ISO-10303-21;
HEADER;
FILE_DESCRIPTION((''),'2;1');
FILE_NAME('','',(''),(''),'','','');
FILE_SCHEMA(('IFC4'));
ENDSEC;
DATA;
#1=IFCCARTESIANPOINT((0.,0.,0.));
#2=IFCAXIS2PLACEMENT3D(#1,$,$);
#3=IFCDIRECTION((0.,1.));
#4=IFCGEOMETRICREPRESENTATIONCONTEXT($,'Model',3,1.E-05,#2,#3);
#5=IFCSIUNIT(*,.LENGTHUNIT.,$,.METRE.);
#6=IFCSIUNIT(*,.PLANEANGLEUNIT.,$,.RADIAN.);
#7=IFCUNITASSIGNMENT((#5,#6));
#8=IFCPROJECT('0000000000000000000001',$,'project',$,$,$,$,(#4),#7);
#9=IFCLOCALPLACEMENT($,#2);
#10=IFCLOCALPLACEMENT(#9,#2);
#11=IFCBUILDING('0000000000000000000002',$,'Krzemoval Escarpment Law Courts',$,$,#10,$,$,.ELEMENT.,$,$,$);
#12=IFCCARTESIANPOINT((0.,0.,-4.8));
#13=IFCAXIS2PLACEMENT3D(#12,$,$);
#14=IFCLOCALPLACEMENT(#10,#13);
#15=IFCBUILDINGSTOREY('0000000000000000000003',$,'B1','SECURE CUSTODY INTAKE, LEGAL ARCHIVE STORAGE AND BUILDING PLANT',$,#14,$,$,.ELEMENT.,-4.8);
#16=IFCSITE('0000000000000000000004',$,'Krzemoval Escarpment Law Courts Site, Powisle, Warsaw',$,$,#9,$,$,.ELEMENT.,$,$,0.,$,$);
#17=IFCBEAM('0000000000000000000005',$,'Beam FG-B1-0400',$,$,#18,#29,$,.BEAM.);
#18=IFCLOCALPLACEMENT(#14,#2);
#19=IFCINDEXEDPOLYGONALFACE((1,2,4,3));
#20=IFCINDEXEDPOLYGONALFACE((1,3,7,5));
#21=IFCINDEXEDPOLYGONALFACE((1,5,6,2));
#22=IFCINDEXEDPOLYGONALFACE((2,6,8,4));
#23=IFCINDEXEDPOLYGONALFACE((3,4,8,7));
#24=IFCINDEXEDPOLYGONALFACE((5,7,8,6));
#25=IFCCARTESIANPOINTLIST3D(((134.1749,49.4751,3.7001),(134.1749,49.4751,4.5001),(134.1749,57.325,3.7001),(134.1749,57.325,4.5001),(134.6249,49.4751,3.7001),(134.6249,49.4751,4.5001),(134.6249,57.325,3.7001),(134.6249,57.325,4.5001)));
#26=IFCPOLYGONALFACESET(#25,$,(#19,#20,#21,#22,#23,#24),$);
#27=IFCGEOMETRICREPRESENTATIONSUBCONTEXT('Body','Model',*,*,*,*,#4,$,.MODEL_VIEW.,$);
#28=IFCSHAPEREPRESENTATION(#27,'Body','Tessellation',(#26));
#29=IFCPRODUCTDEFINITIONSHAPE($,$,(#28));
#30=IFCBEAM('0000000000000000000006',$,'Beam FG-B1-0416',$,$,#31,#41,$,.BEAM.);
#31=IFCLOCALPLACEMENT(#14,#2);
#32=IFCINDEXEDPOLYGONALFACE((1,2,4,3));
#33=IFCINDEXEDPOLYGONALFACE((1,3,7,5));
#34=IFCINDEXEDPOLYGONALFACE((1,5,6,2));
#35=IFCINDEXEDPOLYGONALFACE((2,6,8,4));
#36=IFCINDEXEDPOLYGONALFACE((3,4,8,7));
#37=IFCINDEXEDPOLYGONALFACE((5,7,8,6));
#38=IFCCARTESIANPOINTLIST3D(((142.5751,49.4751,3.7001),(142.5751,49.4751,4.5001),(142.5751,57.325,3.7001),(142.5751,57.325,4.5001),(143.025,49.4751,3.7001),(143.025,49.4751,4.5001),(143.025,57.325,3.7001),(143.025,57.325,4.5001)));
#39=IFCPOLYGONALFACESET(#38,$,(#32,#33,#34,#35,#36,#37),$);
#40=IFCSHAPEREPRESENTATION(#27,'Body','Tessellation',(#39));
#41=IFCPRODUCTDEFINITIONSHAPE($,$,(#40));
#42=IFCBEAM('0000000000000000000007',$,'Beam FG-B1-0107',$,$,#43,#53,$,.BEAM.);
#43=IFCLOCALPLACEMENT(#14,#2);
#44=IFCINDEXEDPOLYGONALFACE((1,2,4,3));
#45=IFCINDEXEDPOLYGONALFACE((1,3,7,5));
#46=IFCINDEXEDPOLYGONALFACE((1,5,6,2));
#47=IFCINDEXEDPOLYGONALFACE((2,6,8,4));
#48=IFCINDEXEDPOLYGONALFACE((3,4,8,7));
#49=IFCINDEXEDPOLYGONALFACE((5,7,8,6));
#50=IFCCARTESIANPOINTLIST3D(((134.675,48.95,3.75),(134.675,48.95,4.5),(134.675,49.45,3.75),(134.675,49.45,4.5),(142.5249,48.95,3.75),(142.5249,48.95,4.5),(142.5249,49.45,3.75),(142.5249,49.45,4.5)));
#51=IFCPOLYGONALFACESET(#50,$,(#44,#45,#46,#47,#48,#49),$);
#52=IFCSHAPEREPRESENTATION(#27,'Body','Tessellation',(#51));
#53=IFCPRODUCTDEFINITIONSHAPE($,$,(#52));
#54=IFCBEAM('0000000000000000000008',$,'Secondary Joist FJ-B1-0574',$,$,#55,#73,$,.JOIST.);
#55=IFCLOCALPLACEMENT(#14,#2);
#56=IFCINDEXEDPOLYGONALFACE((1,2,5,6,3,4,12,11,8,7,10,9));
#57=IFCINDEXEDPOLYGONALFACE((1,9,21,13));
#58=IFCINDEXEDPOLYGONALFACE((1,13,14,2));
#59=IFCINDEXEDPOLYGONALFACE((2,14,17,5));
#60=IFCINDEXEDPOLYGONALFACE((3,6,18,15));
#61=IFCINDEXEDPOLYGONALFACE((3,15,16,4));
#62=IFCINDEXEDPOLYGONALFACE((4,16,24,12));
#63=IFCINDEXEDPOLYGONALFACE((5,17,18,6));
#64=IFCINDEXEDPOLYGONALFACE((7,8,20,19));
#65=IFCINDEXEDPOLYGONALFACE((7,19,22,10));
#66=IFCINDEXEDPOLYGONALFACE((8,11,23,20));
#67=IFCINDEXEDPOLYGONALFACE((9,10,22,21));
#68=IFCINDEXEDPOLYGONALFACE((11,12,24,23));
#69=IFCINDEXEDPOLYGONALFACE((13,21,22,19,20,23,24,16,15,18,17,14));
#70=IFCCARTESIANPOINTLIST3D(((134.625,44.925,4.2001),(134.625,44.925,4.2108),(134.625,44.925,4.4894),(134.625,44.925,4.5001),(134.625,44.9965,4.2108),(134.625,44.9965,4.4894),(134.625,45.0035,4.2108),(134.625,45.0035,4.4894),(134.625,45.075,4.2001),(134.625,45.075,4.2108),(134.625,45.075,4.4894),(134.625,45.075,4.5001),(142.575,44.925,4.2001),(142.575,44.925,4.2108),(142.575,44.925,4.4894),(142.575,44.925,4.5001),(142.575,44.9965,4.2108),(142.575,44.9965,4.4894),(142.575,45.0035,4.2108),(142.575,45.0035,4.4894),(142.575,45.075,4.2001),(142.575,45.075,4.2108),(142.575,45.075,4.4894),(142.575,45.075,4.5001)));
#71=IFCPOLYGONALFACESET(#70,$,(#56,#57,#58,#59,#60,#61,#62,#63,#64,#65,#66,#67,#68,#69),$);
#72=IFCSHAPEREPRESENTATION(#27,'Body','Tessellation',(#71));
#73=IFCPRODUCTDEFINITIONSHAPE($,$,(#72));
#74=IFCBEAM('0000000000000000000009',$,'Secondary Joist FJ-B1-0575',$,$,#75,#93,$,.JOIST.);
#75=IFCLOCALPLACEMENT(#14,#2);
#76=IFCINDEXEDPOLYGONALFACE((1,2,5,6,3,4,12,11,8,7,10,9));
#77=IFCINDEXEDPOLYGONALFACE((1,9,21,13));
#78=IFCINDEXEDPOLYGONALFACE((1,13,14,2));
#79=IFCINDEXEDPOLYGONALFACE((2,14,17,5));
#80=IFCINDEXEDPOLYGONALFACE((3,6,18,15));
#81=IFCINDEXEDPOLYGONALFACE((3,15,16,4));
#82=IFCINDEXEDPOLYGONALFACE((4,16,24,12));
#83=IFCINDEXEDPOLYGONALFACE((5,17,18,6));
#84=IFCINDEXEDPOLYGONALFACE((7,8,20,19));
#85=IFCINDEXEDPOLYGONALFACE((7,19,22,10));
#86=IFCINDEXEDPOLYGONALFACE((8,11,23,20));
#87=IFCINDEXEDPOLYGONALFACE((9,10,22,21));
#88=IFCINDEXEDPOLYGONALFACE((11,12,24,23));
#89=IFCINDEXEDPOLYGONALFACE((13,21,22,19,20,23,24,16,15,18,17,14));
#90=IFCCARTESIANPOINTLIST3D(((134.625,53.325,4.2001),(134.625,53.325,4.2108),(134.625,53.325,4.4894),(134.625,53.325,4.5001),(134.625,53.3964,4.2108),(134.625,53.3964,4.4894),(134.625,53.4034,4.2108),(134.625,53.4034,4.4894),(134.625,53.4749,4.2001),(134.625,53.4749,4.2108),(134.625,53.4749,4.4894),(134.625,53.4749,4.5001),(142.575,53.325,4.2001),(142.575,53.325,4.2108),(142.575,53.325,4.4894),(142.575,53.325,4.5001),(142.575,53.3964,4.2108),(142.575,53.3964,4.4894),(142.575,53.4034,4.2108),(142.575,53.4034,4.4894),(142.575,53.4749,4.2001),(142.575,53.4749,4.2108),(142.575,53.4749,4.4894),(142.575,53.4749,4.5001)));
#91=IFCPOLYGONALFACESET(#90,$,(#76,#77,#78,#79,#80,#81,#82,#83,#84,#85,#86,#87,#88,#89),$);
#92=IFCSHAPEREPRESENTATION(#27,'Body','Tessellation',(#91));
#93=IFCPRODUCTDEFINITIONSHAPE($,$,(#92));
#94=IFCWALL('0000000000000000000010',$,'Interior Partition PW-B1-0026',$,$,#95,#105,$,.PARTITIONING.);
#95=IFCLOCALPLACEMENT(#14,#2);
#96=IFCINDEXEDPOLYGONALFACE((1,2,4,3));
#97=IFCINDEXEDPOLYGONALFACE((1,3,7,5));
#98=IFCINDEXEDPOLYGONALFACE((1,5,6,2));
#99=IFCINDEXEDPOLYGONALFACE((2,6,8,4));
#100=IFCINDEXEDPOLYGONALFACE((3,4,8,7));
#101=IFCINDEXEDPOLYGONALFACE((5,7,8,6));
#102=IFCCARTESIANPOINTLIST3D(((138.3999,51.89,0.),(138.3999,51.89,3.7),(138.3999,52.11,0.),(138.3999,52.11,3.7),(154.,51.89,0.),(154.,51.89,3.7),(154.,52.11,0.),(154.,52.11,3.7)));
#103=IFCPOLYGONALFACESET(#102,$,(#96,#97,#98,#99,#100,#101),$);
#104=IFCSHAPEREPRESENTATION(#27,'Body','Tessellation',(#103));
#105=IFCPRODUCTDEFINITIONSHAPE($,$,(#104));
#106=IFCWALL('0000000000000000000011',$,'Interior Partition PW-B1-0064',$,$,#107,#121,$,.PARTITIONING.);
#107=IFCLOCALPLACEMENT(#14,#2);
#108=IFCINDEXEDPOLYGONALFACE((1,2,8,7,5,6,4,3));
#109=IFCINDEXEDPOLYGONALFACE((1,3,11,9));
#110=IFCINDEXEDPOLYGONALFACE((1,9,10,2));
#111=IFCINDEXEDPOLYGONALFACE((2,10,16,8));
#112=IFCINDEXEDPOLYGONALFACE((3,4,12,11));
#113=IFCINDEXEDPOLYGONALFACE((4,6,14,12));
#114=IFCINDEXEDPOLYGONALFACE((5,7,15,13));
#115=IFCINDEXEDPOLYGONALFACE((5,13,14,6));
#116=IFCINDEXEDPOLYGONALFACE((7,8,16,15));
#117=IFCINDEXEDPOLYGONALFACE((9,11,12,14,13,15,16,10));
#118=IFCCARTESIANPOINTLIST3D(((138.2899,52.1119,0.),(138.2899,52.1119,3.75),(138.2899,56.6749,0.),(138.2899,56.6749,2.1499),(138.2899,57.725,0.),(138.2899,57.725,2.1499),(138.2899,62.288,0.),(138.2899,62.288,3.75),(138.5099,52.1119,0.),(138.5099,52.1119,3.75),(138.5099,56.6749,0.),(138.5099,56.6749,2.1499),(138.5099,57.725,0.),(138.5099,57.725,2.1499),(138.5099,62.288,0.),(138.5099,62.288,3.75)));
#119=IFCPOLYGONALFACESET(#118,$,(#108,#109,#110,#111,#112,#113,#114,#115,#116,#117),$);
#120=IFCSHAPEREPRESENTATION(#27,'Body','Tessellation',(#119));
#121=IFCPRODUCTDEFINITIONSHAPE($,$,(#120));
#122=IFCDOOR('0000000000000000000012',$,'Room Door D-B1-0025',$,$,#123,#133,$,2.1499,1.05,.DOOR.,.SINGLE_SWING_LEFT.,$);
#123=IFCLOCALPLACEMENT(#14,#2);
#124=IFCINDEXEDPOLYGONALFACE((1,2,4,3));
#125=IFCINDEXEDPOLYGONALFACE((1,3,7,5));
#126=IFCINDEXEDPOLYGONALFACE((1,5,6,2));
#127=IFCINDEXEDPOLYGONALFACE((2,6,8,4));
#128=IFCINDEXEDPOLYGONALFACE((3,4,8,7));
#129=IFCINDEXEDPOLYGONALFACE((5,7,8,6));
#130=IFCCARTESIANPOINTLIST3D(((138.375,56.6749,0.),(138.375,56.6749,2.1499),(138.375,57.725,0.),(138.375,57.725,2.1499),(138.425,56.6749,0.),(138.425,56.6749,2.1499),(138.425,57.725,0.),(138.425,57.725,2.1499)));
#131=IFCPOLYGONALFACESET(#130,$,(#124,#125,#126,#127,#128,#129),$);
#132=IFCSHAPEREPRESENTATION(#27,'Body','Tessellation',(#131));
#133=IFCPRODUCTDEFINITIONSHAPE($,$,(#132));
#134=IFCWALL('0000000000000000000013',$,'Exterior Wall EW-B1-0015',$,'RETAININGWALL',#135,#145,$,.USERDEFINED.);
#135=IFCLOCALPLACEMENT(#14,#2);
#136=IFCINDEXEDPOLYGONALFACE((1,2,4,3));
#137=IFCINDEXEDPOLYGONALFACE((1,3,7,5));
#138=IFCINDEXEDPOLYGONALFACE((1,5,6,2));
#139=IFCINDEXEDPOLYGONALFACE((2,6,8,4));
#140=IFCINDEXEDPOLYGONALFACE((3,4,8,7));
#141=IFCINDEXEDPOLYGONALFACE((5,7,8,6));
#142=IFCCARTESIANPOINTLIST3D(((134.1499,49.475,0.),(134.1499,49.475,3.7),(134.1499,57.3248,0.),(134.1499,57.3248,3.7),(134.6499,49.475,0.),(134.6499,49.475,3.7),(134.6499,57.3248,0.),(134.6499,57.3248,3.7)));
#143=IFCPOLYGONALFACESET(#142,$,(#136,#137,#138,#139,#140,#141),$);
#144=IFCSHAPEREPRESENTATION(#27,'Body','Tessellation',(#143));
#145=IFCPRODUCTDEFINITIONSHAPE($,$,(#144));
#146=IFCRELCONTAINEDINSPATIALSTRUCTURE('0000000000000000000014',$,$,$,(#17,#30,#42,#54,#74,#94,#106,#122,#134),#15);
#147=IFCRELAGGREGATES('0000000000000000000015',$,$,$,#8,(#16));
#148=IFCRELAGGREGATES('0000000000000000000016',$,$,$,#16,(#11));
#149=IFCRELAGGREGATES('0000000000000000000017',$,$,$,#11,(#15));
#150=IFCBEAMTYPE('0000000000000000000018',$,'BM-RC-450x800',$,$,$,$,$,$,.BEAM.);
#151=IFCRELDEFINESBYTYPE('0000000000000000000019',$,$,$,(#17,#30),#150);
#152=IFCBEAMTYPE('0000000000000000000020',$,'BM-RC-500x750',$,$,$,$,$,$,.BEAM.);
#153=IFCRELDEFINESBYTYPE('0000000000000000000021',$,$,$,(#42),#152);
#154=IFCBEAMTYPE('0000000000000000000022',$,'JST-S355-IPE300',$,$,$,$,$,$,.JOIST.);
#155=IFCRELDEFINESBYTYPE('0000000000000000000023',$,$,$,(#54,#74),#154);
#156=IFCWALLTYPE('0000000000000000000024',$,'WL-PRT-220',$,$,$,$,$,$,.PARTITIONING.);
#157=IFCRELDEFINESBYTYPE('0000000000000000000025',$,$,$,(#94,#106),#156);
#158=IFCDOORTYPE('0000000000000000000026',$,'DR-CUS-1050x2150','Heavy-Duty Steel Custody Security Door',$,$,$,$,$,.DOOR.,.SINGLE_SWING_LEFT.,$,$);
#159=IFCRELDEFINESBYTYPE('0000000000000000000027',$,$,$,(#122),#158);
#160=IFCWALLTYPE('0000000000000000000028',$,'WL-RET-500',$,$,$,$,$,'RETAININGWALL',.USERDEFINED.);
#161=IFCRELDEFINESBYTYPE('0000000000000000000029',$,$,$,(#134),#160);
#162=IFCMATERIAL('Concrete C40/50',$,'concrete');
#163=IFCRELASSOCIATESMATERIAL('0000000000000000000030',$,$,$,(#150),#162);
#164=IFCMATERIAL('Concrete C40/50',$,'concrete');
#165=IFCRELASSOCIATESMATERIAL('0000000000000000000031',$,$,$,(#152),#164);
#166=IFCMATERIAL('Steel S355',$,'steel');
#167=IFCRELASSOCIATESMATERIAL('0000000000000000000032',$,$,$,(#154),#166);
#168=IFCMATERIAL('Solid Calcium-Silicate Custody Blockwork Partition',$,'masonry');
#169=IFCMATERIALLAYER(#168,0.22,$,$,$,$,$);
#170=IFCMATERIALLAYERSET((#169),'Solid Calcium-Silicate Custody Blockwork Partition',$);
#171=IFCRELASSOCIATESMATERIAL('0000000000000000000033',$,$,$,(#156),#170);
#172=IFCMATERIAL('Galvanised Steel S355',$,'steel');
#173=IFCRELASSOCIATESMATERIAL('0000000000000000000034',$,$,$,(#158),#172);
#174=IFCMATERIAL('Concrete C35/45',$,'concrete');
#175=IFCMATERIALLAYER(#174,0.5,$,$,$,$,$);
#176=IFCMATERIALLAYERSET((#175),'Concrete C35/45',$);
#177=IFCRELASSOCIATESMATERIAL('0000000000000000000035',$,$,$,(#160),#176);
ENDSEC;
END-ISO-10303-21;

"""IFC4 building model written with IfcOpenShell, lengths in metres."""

from ifc_helpers import new_model, si_unit, direction, frame, frame_2d, origin, origin_2d, place, context, subcontext, project, spatial, rectangle, i_section, extrude, material, layer, layer_set, material_profile, profile_set, type_object, element, fill, save


model = new_model("IFC4")

# Units and contexts
model_context = context("Model", 3, precision=1e-05, world=origin(), true_north=direction((0.0, 1.0)))
body_context = subcontext(model_context, "Body", "Model", "MODEL_VIEW")
ifc_project = project(units=[si_unit("LENGTHUNIT", "METRE"), si_unit("PLANEANGLEUNIT", "RADIAN")], contexts=[model_context])

# Site, building, storey
site_placement = place(None, origin())
site = spatial("IfcSite", under=ifc_project, at=site_placement, Name="Krzemoval Escarpment Law Courts Site, Powisle, Warsaw", CompositionType="ELEMENT", RefElevation=0.0)
building_placement = place(site_placement, origin())
building = spatial("IfcBuilding", under=site, at=building_placement, Name="Krzemoval Escarpment Law Courts", CompositionType="ELEMENT")
storey_placement = place(building_placement, frame((0.0, 0.0, -4.8)))
storey = spatial("IfcBuildingStorey", under=building, at=storey_placement, Name="B1", Description="SECURE CUSTODY INTAKE, LEGAL ARCHIVE STORAGE AND BUILDING PLANT", CompositionType="ELEMENT", Elevation=-4.8)

# Beams
ifc_material_1 = material(Name="Concrete C40/50", Category="concrete")
ifc_material_profile_1 = material_profile(ifc_material_1, rectangle(XDim=0.45, YDim=0.8, at=origin_2d()), Name="RCB 450x800")
ifc_profile_set_1 = profile_set([ifc_material_profile_1], Name="Concrete C40/50")
beam_type_1 = type_object("IfcBeamType", Name="BM-RC-450x800", PredefinedType="BEAM", material=ifc_profile_set_1)
for number, where, z_axis, x_axis, name in (
    (1, (134.3999, 49.4751, 4.1001), (0.0, 1.0, 0.0), (-1.0, 0.0, 0.0), "Beam FG-B1-0400"),
    (2, (142.8, 49.4751, 4.1001), (0.0, 1.0, 0.0), (-1.0, 0.0, 0.0), "Beam FG-B1-0416"),
):
    element("IfcBeam", number, at=place(storey_placement, frame(where, z_axis=z_axis, x_axis=x_axis)), inside=storey, type_object=beam_type_1, Name=name, PredefinedType="BEAM", context=body_context, shape_type="SweptSolid", body=[
        extrude(rectangle(XDim=0.45, YDim=0.8, at=origin_2d()), origin(), (0.0, 0.0, 1.0), 7.8499),
    ])
ifc_material_2 = material(Name="Concrete C40/50", Category="concrete")
ifc_material_profile_2 = material_profile(ifc_material_2, rectangle(XDim=0.5, YDim=0.75, at=origin_2d()), Name="RCB 500x750")
ifc_profile_set_2 = profile_set([ifc_material_profile_2], Name="Concrete C40/50")
beam_type_2 = type_object("IfcBeamType", Name="BM-RC-500x750", PredefinedType="BEAM", material=ifc_profile_set_2)
beam_placement = place(storey_placement, frame((134.675, 49.2, 4.125), z_axis=(1.0, 0.0, 0.0), x_axis=(0.0, 1.0, 0.0)))
element("IfcBeam", 3, at=beam_placement, inside=storey, type_object=beam_type_2, Name="Beam FG-B1-0107", PredefinedType="BEAM", context=body_context, shape_type="SweptSolid", body=[
    extrude(rectangle(XDim=0.5, YDim=0.75, at=origin_2d()), origin(), (0.0, 0.0, 1.0), 7.8499),
])
ifc_material_3 = material(Name="Steel S355", Category="steel")
ifc_material_profile_3 = material_profile(ifc_material_3, i_section(OverallWidth=0.1499, OverallDepth=0.3, WebThickness=0.0071, FlangeThickness=0.0107, at=origin_2d()), Name="IPE 300")
ifc_profile_set_3 = profile_set([ifc_material_profile_3], Name="Steel S355")
beam_type_3 = type_object("IfcBeamType", Name="JST-S355-IPE300", PredefinedType="JOIST", material=ifc_profile_set_3)
for number, where, z_axis, x_axis, name in (
    (4, (134.625, 45.0, 4.3501), (1.0, 0.0, 0.0), (0.0, 1.0, 0.0), "Secondary Joist FJ-B1-0574"),
    (5, (134.625, 53.3999, 4.3501), (1.0, 0.0, 0.0), (0.0, 1.0, 0.0), "Secondary Joist FJ-B1-0575"),
):
    element("IfcBeam", number, at=place(storey_placement, frame(where, z_axis=z_axis, x_axis=x_axis)), inside=storey, type_object=beam_type_3, Name=name, PredefinedType="JOIST", context=body_context, shape_type="SweptSolid", body=[
        extrude(i_section(OverallWidth=0.1499, OverallDepth=0.3, WebThickness=0.0071, FlangeThickness=0.0107, at=origin_2d()), origin(), (0.0, 0.0, 1.0), 7.95),
    ])

# Wall
ifc_material_4 = material(Name="Solid Calcium-Silicate Custody Blockwork Partition", Category="masonry")
ifc_layer_1 = layer(ifc_material_4, 0.22)
ifc_layer_set_1 = layer_set([ifc_layer_1], Name="Solid Calcium-Silicate Custody Blockwork Partition")
wall_type_1 = type_object("IfcWallType", Name="WL-PRT-220", PredefinedType="PARTITIONING", material=ifc_layer_set_1)
wall_1_placement = place(storey_placement, frame((138.3999, 52.0, 0.0), z_axis=(0.0, 0.0, 1.0), x_axis=(1.0, 0.0, 0.0)))
element("IfcWall", 6, at=wall_1_placement, inside=storey, type_object=wall_type_1, Name="Interior Partition PW-B1-0026", PredefinedType="PARTITIONING", context=body_context, shape_type="SweptSolid", body=[
    extrude(rectangle(XDim=15.6001, YDim=0.22, at=frame_2d((7.8, 0.0))), origin(), (0.0, 0.0, 1.0), 3.7),
])

# Wall, opening, door
wall_2_placement = place(storey_placement, frame((138.3999, 52.1121, 0.0), z_axis=(0.0, 0.0, 1.0), x_axis=(0.0, 1.0, 0.0)))
wall_2 = element("IfcWall", 7, at=wall_2_placement, inside=storey, type_object=wall_type_1, Name="Interior Partition PW-B1-0064", PredefinedType="PARTITIONING", context=body_context, shape_type="SweptSolid", body=[
    extrude(rectangle(XDim=10.176, YDim=0.22, at=frame_2d((5.0879, 0.0))), origin(), (0.0, 0.0, 1.0), 3.75),
])
opening_placement = place(wall_2_placement, frame((4.563, 0.0, 0.0)))
opening = element("IfcOpeningElement", 8, at=opening_placement, cuts=wall_2, PredefinedType="OPENING", context=body_context, shape_type="SweptSolid", body=[
    extrude(rectangle(XDim=1.05, YDim=2.1499, at=frame_2d((0.5249, 1.075))), frame((0.0, 0.125, 0.0), z_axis=(0.0, -1.0, 0.0), x_axis=(1.0, 0.0, 0.0)), (0.0, 0.0, 1.0), 0.25),
])
ifc_material_5 = material(Name="Galvanised Steel S355", Category="steel")
door_type = type_object("IfcDoorType", Name="DR-CUS-1050x2150", Description="Heavy-Duty Steel Custody Security Door", OperationType="SINGLE_SWING_LEFT", PredefinedType="DOOR", material=ifc_material_5)
door_placement = place(opening_placement, origin())
door = element("IfcDoor", 9, at=door_placement, inside=storey, type_object=door_type, Name="Room Door D-B1-0025", OperationType="SINGLE_SWING_LEFT", OverallHeight=2.1499, OverallWidth=1.05, PredefinedType="DOOR", context=body_context, shape_type="SweptSolid", body=[
    extrude(rectangle(XDim=1.05, YDim=2.1499, at=frame_2d((0.5249, 1.075))), frame((0.0, 0.0249, 0.0), z_axis=(0.0, -1.0, 0.0), x_axis=(1.0, 0.0, 0.0)), (0.0, 0.0, 1.0), 0.05),
])
fill(opening, door)

# Wall
ifc_material_6 = material(Name="Concrete C35/45", Category="concrete")
ifc_layer_2 = layer(ifc_material_6, 0.5)
ifc_layer_set_2 = layer_set([ifc_layer_2], Name="Concrete C35/45")
wall_type_2 = type_object("IfcWallType", Name="WL-RET-500", ElementType="RETAININGWALL", PredefinedType="USERDEFINED", material=ifc_layer_set_2)
wall_3_placement = place(storey_placement, frame((134.3999, 49.4751, 0.0), z_axis=(0.0, 0.0, 1.0), x_axis=(0.0, 1.0, 0.0)))
element("IfcWall", 10, at=wall_3_placement, inside=storey, type_object=wall_type_2, Name="Exterior Wall EW-B1-0015", ObjectType="RETAININGWALL", PredefinedType="USERDEFINED", context=body_context, shape_type="SweptSolid", body=[
    extrude(rectangle(XDim=7.8499, YDim=0.5, at=frame_2d((3.9248, 0.0))), origin(), (0.0, 0.0, 1.0), 3.7),
])

save(model, "model.ifc")
